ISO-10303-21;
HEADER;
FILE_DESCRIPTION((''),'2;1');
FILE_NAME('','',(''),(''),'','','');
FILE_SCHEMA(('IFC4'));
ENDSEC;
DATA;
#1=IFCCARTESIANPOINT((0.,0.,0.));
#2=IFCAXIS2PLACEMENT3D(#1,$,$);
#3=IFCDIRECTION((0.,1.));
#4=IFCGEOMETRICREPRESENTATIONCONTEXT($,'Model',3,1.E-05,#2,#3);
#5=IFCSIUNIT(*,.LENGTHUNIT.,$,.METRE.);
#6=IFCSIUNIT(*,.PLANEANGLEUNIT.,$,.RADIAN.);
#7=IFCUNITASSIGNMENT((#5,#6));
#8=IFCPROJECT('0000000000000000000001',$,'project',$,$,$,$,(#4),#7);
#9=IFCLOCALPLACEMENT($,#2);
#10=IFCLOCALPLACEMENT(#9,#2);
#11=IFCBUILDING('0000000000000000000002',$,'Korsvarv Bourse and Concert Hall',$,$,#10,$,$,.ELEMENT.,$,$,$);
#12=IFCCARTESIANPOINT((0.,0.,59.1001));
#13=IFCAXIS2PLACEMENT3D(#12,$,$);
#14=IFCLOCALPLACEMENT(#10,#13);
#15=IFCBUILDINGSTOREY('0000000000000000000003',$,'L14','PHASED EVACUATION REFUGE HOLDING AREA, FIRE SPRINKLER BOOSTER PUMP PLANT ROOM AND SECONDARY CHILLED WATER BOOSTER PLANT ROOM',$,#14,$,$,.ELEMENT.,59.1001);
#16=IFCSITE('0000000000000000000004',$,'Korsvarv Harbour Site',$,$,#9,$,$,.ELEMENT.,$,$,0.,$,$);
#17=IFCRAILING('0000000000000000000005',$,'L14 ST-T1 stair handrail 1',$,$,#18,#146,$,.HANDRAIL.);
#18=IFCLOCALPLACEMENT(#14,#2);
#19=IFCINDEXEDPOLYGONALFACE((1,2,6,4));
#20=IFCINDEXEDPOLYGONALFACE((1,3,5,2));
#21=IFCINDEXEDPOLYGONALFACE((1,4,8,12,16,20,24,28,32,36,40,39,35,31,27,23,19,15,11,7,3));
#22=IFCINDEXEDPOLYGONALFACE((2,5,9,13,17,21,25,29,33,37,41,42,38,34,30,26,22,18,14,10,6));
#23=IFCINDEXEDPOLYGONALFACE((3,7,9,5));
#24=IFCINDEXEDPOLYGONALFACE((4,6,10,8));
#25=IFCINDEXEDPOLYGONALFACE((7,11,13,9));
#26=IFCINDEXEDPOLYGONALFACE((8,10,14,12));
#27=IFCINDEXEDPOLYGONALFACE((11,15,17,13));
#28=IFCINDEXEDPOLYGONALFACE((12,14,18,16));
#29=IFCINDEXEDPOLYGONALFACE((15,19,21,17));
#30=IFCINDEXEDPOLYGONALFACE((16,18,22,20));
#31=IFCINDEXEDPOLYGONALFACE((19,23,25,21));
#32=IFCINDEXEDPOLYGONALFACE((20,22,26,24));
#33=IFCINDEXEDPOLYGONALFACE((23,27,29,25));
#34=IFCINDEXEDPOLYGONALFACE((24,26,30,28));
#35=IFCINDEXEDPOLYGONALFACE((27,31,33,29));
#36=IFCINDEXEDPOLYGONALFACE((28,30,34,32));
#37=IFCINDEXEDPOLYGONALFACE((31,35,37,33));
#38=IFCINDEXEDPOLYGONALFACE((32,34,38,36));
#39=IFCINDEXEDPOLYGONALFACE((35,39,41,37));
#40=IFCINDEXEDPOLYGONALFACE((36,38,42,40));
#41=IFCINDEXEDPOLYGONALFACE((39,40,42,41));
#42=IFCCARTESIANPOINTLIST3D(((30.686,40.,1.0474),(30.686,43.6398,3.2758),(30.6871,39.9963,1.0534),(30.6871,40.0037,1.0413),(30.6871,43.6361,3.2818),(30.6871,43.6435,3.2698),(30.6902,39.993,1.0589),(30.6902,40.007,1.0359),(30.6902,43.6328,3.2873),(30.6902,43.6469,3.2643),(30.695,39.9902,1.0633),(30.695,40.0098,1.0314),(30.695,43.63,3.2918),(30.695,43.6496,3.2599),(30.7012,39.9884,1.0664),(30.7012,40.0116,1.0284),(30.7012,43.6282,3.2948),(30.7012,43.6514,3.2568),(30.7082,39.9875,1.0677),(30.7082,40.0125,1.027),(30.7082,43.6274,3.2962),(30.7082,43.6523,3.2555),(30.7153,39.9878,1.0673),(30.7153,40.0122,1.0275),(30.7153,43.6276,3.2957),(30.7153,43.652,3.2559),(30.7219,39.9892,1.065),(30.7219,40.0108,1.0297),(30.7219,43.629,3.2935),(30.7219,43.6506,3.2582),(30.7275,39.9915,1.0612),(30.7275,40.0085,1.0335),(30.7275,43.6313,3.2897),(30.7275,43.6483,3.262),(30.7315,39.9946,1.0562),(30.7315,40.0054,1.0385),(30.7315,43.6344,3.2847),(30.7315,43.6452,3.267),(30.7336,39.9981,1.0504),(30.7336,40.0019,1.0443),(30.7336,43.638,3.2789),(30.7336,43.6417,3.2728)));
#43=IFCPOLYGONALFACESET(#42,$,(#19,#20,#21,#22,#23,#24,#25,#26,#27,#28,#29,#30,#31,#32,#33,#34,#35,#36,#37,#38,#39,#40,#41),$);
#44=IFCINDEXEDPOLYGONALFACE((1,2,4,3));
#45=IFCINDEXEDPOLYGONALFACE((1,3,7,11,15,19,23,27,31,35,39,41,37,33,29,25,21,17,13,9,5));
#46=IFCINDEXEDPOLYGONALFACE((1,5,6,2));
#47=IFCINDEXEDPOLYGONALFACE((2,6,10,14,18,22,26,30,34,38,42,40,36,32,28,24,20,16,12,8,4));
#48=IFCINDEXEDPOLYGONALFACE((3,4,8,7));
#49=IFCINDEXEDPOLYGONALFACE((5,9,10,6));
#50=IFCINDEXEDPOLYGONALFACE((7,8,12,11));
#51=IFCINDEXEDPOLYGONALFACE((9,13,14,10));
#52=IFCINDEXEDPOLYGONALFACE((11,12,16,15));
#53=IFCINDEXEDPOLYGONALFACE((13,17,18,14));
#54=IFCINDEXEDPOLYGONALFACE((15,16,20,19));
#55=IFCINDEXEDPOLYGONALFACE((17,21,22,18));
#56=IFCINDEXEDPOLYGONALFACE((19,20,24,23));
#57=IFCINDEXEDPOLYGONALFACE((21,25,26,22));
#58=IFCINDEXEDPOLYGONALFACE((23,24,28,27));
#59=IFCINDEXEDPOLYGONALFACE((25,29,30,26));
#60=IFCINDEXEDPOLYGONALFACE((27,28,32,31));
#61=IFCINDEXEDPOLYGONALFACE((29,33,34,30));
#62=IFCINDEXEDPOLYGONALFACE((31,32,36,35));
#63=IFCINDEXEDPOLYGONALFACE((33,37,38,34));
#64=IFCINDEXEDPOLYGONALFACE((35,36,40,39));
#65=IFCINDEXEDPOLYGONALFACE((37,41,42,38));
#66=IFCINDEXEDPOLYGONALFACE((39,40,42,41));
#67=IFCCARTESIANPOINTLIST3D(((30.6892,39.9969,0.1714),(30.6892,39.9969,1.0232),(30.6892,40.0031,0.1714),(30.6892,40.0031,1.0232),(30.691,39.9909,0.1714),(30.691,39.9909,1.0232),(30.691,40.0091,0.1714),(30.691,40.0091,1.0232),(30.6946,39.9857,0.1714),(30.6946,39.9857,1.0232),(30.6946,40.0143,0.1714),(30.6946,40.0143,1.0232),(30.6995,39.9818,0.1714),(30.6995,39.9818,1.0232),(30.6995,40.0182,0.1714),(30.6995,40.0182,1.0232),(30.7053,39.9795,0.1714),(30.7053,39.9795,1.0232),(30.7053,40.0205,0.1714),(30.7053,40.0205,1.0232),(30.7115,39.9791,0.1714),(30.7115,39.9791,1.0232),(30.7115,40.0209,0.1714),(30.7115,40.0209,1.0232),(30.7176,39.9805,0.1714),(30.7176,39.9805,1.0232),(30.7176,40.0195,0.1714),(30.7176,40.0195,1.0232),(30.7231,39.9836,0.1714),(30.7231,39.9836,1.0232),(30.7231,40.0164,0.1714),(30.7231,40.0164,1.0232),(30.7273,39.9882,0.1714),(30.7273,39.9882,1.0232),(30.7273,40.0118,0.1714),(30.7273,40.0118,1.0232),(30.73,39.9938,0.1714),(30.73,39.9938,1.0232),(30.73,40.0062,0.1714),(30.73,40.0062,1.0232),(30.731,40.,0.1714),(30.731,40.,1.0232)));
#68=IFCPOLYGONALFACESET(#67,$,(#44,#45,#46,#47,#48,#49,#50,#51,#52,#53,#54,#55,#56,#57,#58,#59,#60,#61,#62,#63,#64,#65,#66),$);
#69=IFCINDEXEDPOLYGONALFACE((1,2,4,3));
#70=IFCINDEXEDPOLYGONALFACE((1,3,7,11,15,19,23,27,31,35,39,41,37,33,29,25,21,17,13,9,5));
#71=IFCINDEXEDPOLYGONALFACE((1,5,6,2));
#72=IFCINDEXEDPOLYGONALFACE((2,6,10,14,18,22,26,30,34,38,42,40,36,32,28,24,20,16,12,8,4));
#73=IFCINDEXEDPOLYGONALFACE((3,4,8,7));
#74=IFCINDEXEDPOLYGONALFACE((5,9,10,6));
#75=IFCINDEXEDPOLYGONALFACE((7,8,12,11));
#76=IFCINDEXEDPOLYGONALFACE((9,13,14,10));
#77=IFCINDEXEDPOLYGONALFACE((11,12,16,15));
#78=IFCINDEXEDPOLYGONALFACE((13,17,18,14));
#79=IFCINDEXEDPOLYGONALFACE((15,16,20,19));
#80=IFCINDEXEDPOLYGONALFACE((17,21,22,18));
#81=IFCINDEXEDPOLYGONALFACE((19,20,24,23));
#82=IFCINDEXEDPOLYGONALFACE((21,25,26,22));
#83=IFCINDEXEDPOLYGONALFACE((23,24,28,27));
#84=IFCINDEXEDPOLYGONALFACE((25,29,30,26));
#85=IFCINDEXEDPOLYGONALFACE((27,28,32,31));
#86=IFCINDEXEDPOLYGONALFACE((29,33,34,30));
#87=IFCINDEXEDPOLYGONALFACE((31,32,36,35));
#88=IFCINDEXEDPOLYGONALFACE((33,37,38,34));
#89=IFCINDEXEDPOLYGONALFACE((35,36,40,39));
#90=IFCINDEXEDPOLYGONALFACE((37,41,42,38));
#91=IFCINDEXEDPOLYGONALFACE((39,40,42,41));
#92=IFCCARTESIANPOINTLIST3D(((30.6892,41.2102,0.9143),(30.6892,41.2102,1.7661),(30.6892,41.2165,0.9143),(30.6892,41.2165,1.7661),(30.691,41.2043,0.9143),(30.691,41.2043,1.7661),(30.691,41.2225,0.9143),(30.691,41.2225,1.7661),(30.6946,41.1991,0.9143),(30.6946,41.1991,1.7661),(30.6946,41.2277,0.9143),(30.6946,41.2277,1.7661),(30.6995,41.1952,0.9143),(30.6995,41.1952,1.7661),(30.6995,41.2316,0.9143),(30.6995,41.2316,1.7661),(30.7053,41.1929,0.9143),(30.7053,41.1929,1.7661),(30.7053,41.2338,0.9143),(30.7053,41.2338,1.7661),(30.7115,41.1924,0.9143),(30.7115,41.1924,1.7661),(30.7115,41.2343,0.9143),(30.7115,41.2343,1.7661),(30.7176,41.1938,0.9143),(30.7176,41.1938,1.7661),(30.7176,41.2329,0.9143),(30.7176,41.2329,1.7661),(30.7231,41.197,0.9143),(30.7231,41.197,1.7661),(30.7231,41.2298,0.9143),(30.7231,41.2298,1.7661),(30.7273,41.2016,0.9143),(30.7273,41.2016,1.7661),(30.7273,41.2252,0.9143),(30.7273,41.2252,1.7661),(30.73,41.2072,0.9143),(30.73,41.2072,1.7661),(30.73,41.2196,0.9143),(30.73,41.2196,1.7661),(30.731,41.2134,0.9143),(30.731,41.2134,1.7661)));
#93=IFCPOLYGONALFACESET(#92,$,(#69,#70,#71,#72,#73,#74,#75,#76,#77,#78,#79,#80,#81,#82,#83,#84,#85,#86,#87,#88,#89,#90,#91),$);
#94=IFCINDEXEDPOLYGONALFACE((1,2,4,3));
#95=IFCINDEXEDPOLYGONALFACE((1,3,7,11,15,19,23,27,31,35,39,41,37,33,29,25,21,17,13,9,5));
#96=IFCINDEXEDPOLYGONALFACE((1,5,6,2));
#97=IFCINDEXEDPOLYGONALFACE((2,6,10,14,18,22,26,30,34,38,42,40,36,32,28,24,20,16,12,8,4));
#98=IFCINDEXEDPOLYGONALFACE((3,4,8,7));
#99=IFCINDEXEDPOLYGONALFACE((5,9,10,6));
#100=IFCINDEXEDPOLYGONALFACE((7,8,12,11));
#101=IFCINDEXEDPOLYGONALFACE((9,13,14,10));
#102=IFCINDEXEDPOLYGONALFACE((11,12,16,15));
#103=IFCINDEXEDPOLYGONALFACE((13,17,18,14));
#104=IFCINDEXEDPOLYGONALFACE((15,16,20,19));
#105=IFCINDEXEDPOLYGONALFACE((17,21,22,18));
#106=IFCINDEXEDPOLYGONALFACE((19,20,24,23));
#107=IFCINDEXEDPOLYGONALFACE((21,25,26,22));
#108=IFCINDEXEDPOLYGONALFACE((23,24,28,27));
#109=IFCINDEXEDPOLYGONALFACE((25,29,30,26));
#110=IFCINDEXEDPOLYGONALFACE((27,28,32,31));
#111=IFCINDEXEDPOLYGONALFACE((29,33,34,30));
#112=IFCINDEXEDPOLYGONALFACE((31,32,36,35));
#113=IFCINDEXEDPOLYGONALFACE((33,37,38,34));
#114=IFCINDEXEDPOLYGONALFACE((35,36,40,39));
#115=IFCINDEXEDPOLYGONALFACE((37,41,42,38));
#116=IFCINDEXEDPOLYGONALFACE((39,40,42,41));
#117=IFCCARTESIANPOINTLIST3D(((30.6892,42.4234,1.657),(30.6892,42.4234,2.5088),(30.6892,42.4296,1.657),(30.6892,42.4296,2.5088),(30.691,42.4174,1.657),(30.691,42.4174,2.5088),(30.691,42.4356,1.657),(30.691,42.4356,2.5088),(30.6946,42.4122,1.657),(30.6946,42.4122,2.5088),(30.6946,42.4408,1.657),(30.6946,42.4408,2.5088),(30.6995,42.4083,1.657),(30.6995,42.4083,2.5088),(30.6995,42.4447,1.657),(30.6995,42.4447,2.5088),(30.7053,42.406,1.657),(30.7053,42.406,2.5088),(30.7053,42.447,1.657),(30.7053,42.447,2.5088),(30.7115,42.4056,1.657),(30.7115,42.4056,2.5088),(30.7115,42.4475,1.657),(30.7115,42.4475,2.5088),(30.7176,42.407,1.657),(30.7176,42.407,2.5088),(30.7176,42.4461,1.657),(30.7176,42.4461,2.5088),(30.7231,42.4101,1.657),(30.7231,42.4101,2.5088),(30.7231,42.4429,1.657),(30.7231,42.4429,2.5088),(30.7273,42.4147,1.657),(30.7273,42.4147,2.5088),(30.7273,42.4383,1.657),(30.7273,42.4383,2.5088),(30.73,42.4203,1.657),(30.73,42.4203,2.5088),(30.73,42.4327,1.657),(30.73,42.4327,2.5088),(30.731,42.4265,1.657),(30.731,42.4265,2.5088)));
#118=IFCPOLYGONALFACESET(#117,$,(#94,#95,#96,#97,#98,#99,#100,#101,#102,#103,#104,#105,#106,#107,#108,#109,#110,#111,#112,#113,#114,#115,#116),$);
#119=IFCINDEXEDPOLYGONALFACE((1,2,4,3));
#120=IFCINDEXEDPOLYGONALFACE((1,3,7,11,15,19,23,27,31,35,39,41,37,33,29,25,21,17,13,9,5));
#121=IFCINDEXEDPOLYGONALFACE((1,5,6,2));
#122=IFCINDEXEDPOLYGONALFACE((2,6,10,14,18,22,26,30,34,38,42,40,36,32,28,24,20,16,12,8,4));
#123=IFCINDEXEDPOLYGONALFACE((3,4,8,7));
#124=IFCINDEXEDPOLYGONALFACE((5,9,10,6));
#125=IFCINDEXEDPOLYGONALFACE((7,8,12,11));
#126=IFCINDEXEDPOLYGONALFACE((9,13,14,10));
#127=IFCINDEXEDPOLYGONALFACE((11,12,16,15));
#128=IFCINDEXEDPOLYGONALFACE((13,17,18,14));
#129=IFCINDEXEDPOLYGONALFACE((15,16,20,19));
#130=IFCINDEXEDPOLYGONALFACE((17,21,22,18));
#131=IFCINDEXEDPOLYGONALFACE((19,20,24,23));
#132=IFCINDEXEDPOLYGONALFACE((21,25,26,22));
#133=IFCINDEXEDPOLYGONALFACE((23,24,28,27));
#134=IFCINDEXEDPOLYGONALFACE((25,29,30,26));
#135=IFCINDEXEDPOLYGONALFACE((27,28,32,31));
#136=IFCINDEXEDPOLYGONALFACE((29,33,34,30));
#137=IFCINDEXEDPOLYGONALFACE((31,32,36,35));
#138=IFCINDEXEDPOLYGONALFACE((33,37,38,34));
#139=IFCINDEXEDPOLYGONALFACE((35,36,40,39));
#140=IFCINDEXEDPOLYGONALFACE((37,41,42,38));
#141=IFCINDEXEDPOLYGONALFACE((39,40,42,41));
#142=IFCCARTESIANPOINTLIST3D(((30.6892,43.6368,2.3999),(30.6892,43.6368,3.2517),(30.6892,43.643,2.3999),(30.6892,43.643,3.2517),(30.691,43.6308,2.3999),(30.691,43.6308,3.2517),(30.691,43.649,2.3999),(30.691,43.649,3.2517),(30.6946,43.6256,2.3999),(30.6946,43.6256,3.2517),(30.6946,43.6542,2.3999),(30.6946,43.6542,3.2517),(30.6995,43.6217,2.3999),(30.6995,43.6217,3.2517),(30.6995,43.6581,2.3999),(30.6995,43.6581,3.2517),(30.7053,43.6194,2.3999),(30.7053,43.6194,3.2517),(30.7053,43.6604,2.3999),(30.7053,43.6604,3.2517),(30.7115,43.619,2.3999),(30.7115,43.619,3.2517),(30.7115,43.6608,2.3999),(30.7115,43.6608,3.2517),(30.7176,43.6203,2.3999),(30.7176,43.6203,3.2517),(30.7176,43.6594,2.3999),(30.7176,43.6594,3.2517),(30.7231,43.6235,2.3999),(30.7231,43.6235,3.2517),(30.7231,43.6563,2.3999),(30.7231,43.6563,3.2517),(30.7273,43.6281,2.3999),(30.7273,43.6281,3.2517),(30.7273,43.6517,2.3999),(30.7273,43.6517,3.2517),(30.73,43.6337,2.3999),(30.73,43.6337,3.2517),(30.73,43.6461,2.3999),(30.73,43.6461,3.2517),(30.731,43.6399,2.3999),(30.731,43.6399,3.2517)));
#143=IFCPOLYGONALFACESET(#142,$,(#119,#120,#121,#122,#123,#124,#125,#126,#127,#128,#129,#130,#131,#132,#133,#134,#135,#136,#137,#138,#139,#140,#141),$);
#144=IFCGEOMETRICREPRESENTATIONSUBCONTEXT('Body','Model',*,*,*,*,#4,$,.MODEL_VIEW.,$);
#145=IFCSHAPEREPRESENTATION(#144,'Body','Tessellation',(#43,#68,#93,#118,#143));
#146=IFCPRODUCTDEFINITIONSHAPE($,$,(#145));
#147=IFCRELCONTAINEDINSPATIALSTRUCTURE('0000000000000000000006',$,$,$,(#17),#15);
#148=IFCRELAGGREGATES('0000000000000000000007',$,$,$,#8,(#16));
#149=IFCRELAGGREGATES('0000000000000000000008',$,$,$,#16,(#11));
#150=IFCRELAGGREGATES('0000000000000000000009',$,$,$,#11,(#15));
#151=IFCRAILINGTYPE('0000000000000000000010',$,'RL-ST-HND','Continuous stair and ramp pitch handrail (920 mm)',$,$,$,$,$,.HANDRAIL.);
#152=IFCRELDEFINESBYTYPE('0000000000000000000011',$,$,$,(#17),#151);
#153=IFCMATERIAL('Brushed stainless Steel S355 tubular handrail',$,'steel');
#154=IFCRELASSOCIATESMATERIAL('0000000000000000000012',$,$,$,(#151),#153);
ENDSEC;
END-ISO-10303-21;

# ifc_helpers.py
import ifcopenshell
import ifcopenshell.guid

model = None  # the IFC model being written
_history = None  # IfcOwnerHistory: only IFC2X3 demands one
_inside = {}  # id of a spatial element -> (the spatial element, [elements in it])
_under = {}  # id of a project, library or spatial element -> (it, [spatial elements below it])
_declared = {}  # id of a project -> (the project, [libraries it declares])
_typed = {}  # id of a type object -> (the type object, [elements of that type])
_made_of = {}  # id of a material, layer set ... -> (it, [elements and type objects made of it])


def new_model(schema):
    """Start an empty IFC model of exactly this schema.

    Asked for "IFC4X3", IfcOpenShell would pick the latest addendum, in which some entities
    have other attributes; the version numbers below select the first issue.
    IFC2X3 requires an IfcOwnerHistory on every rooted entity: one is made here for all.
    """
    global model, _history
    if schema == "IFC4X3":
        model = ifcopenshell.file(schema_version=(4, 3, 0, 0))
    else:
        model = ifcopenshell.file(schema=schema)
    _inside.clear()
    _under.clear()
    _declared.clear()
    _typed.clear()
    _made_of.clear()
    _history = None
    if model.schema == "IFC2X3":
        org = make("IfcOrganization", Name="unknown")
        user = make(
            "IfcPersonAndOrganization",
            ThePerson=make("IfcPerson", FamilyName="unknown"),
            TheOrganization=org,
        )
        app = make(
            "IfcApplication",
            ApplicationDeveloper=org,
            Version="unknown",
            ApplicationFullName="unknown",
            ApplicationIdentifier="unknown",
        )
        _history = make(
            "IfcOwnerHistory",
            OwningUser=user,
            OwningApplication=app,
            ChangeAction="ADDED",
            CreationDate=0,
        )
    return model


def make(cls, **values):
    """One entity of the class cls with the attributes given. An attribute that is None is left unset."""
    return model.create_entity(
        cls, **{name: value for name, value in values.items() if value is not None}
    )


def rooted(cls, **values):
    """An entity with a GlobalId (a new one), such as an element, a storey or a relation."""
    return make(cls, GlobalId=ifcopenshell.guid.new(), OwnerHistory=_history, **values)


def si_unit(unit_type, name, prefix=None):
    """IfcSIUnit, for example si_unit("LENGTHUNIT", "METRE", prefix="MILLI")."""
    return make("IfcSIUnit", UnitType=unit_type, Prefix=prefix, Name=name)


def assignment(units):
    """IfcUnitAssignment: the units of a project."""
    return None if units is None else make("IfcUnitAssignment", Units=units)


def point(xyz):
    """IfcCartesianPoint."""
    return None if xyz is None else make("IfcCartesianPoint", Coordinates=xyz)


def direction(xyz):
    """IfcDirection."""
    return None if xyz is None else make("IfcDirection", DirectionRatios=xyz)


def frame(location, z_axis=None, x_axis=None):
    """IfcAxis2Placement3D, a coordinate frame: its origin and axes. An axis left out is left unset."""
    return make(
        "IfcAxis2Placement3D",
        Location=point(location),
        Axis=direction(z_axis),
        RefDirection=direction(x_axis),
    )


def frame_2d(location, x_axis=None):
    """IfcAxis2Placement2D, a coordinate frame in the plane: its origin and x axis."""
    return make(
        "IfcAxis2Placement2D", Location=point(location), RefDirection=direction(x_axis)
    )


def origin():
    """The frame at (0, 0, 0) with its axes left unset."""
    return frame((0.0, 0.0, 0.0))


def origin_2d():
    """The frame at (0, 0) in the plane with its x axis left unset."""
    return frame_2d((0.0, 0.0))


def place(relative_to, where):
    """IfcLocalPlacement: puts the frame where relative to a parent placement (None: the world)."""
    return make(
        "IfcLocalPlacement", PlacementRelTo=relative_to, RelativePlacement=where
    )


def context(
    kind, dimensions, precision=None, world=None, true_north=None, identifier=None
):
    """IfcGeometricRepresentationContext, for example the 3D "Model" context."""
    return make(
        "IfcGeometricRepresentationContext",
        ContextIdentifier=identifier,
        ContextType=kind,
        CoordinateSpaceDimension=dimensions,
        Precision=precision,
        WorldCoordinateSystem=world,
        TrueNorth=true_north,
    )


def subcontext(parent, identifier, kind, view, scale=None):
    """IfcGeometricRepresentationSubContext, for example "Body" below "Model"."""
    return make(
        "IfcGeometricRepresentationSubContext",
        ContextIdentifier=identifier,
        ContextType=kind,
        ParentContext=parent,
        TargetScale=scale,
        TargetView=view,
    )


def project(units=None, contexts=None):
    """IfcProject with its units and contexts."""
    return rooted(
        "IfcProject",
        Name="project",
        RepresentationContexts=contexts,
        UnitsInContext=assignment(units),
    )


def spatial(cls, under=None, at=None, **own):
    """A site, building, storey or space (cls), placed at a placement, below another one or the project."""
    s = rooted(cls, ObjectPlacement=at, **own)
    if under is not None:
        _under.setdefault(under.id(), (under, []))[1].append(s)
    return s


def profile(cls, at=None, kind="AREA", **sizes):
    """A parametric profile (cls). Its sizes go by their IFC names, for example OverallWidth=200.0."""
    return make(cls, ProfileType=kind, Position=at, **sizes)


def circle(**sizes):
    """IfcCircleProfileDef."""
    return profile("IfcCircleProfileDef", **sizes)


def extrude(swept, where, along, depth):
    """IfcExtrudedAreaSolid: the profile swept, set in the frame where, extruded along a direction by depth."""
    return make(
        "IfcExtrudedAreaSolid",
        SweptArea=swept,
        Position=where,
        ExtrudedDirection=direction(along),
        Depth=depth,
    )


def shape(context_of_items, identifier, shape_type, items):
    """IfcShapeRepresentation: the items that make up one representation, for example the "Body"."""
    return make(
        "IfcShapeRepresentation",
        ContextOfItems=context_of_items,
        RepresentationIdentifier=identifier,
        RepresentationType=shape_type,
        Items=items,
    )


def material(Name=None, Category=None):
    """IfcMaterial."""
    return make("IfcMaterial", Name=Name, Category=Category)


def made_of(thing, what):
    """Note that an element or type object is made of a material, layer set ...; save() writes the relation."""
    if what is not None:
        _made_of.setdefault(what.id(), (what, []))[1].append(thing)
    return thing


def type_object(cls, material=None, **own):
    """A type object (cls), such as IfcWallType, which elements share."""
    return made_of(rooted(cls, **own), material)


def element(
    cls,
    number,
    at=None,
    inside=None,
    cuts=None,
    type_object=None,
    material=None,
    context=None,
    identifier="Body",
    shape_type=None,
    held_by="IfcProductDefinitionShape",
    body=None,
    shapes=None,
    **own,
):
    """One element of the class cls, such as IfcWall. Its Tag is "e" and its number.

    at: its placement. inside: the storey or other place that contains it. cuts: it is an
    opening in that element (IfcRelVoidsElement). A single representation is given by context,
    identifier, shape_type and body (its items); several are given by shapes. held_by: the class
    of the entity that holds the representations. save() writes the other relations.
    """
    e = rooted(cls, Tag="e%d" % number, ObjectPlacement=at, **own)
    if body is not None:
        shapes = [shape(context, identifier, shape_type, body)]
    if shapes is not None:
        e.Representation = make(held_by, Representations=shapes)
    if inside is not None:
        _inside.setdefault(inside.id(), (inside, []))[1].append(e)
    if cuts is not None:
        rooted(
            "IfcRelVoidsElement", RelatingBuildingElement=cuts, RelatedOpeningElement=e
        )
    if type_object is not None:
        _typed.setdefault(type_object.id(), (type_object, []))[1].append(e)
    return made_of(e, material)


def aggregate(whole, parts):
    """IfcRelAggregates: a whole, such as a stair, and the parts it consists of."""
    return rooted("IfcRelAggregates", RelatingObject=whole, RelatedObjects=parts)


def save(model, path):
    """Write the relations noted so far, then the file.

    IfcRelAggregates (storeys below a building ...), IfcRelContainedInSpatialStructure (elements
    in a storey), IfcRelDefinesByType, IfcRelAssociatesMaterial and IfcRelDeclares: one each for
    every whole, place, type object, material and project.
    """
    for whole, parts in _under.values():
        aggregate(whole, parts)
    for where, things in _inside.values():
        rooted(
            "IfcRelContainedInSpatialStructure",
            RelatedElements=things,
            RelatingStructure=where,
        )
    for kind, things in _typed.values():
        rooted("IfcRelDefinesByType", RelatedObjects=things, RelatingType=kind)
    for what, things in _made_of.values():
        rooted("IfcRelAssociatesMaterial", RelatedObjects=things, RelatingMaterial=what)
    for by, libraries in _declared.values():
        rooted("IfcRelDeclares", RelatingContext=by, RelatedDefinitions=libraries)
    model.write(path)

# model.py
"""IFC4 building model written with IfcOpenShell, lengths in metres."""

from ifc_helpers import new_model, si_unit, direction, frame, origin, origin_2d, place, context, subcontext, project, spatial, circle, extrude, material, type_object, element, save


model = new_model("IFC4")

# Units and contexts
model_context = context("Model", 3, precision=1e-05, world=origin(), true_north=direction((0.0, 1.0)))
body_context = subcontext(model_context, "Body", "Model", "MODEL_VIEW")
ifc_project = project(units=[si_unit("LENGTHUNIT", "METRE"), si_unit("PLANEANGLEUNIT", "RADIAN")], contexts=[model_context])

# Site, building, storey
site_placement = place(None, origin())
site = spatial("IfcSite", under=ifc_project, at=site_placement, Name="Korsvarv Harbour Site", CompositionType="ELEMENT", RefElevation=0.0)
building_placement = place(site_placement, origin())
building = spatial("IfcBuilding", under=site, at=building_placement, Name="Korsvarv Bourse and Concert Hall", CompositionType="ELEMENT")
storey_placement = place(building_placement, frame((0.0, 0.0, 59.1001)))
storey = spatial("IfcBuildingStorey", under=building, at=storey_placement, Name="L14", Description="PHASED EVACUATION REFUGE HOLDING AREA, FIRE SPRINKLER BOOSTER PUMP PLANT ROOM AND SECONDARY CHILLED WATER BOOSTER PLANT ROOM", CompositionType="ELEMENT", Elevation=59.1001)

# Railing
ifc_material_1 = material(Name="Brushed stainless Steel S355 tubular handrail", Category="steel")
railing_type_1 = type_object("IfcRailingType", Name="RL-ST-HND", Description="Continuous stair and ramp pitch handrail (920 mm)", PredefinedType="HANDRAIL", material=ifc_material_1)
railing_1_placement = place(storey_placement, frame((30.71, 40.0, 0.1714)))
element("IfcRailing", 1, at=railing_1_placement, inside=storey, type_object=railing_type_1, Name="L14 ST-T1 stair handrail 1", PredefinedType="HANDRAIL", context=body_context, shape_type="SweptSolid", body=[
    extrude(circle(Radius=0.0239, at=origin_2d()), frame((0.0, 0.0, 0.876), z_axis=(0.0, 0.85285, 0.522156), x_axis=(-1.0, 0.0, 0.0)), (0.0, 0.0, 1.0), 4.2678),
    extrude(circle(Radius=0.021, at=origin_2d()), origin(), (0.0, 0.0, 1.0), 0.8518),
    extrude(circle(Radius=0.021, at=origin_2d()), frame((0.0, 1.2134, 0.7429)), (0.0, 0.0, 1.0), 0.8518),
    extrude(circle(Radius=0.021, at=origin_2d()), frame((0.0, 2.4265, 1.4856)), (0.0, 0.0, 1.0), 0.8518),
    extrude(circle(Radius=0.021, at=origin_2d()), frame((0.0, 3.6399, 2.2285)), (0.0, 0.0, 1.0), 0.8518),
])

save(model, "model.ifc")
